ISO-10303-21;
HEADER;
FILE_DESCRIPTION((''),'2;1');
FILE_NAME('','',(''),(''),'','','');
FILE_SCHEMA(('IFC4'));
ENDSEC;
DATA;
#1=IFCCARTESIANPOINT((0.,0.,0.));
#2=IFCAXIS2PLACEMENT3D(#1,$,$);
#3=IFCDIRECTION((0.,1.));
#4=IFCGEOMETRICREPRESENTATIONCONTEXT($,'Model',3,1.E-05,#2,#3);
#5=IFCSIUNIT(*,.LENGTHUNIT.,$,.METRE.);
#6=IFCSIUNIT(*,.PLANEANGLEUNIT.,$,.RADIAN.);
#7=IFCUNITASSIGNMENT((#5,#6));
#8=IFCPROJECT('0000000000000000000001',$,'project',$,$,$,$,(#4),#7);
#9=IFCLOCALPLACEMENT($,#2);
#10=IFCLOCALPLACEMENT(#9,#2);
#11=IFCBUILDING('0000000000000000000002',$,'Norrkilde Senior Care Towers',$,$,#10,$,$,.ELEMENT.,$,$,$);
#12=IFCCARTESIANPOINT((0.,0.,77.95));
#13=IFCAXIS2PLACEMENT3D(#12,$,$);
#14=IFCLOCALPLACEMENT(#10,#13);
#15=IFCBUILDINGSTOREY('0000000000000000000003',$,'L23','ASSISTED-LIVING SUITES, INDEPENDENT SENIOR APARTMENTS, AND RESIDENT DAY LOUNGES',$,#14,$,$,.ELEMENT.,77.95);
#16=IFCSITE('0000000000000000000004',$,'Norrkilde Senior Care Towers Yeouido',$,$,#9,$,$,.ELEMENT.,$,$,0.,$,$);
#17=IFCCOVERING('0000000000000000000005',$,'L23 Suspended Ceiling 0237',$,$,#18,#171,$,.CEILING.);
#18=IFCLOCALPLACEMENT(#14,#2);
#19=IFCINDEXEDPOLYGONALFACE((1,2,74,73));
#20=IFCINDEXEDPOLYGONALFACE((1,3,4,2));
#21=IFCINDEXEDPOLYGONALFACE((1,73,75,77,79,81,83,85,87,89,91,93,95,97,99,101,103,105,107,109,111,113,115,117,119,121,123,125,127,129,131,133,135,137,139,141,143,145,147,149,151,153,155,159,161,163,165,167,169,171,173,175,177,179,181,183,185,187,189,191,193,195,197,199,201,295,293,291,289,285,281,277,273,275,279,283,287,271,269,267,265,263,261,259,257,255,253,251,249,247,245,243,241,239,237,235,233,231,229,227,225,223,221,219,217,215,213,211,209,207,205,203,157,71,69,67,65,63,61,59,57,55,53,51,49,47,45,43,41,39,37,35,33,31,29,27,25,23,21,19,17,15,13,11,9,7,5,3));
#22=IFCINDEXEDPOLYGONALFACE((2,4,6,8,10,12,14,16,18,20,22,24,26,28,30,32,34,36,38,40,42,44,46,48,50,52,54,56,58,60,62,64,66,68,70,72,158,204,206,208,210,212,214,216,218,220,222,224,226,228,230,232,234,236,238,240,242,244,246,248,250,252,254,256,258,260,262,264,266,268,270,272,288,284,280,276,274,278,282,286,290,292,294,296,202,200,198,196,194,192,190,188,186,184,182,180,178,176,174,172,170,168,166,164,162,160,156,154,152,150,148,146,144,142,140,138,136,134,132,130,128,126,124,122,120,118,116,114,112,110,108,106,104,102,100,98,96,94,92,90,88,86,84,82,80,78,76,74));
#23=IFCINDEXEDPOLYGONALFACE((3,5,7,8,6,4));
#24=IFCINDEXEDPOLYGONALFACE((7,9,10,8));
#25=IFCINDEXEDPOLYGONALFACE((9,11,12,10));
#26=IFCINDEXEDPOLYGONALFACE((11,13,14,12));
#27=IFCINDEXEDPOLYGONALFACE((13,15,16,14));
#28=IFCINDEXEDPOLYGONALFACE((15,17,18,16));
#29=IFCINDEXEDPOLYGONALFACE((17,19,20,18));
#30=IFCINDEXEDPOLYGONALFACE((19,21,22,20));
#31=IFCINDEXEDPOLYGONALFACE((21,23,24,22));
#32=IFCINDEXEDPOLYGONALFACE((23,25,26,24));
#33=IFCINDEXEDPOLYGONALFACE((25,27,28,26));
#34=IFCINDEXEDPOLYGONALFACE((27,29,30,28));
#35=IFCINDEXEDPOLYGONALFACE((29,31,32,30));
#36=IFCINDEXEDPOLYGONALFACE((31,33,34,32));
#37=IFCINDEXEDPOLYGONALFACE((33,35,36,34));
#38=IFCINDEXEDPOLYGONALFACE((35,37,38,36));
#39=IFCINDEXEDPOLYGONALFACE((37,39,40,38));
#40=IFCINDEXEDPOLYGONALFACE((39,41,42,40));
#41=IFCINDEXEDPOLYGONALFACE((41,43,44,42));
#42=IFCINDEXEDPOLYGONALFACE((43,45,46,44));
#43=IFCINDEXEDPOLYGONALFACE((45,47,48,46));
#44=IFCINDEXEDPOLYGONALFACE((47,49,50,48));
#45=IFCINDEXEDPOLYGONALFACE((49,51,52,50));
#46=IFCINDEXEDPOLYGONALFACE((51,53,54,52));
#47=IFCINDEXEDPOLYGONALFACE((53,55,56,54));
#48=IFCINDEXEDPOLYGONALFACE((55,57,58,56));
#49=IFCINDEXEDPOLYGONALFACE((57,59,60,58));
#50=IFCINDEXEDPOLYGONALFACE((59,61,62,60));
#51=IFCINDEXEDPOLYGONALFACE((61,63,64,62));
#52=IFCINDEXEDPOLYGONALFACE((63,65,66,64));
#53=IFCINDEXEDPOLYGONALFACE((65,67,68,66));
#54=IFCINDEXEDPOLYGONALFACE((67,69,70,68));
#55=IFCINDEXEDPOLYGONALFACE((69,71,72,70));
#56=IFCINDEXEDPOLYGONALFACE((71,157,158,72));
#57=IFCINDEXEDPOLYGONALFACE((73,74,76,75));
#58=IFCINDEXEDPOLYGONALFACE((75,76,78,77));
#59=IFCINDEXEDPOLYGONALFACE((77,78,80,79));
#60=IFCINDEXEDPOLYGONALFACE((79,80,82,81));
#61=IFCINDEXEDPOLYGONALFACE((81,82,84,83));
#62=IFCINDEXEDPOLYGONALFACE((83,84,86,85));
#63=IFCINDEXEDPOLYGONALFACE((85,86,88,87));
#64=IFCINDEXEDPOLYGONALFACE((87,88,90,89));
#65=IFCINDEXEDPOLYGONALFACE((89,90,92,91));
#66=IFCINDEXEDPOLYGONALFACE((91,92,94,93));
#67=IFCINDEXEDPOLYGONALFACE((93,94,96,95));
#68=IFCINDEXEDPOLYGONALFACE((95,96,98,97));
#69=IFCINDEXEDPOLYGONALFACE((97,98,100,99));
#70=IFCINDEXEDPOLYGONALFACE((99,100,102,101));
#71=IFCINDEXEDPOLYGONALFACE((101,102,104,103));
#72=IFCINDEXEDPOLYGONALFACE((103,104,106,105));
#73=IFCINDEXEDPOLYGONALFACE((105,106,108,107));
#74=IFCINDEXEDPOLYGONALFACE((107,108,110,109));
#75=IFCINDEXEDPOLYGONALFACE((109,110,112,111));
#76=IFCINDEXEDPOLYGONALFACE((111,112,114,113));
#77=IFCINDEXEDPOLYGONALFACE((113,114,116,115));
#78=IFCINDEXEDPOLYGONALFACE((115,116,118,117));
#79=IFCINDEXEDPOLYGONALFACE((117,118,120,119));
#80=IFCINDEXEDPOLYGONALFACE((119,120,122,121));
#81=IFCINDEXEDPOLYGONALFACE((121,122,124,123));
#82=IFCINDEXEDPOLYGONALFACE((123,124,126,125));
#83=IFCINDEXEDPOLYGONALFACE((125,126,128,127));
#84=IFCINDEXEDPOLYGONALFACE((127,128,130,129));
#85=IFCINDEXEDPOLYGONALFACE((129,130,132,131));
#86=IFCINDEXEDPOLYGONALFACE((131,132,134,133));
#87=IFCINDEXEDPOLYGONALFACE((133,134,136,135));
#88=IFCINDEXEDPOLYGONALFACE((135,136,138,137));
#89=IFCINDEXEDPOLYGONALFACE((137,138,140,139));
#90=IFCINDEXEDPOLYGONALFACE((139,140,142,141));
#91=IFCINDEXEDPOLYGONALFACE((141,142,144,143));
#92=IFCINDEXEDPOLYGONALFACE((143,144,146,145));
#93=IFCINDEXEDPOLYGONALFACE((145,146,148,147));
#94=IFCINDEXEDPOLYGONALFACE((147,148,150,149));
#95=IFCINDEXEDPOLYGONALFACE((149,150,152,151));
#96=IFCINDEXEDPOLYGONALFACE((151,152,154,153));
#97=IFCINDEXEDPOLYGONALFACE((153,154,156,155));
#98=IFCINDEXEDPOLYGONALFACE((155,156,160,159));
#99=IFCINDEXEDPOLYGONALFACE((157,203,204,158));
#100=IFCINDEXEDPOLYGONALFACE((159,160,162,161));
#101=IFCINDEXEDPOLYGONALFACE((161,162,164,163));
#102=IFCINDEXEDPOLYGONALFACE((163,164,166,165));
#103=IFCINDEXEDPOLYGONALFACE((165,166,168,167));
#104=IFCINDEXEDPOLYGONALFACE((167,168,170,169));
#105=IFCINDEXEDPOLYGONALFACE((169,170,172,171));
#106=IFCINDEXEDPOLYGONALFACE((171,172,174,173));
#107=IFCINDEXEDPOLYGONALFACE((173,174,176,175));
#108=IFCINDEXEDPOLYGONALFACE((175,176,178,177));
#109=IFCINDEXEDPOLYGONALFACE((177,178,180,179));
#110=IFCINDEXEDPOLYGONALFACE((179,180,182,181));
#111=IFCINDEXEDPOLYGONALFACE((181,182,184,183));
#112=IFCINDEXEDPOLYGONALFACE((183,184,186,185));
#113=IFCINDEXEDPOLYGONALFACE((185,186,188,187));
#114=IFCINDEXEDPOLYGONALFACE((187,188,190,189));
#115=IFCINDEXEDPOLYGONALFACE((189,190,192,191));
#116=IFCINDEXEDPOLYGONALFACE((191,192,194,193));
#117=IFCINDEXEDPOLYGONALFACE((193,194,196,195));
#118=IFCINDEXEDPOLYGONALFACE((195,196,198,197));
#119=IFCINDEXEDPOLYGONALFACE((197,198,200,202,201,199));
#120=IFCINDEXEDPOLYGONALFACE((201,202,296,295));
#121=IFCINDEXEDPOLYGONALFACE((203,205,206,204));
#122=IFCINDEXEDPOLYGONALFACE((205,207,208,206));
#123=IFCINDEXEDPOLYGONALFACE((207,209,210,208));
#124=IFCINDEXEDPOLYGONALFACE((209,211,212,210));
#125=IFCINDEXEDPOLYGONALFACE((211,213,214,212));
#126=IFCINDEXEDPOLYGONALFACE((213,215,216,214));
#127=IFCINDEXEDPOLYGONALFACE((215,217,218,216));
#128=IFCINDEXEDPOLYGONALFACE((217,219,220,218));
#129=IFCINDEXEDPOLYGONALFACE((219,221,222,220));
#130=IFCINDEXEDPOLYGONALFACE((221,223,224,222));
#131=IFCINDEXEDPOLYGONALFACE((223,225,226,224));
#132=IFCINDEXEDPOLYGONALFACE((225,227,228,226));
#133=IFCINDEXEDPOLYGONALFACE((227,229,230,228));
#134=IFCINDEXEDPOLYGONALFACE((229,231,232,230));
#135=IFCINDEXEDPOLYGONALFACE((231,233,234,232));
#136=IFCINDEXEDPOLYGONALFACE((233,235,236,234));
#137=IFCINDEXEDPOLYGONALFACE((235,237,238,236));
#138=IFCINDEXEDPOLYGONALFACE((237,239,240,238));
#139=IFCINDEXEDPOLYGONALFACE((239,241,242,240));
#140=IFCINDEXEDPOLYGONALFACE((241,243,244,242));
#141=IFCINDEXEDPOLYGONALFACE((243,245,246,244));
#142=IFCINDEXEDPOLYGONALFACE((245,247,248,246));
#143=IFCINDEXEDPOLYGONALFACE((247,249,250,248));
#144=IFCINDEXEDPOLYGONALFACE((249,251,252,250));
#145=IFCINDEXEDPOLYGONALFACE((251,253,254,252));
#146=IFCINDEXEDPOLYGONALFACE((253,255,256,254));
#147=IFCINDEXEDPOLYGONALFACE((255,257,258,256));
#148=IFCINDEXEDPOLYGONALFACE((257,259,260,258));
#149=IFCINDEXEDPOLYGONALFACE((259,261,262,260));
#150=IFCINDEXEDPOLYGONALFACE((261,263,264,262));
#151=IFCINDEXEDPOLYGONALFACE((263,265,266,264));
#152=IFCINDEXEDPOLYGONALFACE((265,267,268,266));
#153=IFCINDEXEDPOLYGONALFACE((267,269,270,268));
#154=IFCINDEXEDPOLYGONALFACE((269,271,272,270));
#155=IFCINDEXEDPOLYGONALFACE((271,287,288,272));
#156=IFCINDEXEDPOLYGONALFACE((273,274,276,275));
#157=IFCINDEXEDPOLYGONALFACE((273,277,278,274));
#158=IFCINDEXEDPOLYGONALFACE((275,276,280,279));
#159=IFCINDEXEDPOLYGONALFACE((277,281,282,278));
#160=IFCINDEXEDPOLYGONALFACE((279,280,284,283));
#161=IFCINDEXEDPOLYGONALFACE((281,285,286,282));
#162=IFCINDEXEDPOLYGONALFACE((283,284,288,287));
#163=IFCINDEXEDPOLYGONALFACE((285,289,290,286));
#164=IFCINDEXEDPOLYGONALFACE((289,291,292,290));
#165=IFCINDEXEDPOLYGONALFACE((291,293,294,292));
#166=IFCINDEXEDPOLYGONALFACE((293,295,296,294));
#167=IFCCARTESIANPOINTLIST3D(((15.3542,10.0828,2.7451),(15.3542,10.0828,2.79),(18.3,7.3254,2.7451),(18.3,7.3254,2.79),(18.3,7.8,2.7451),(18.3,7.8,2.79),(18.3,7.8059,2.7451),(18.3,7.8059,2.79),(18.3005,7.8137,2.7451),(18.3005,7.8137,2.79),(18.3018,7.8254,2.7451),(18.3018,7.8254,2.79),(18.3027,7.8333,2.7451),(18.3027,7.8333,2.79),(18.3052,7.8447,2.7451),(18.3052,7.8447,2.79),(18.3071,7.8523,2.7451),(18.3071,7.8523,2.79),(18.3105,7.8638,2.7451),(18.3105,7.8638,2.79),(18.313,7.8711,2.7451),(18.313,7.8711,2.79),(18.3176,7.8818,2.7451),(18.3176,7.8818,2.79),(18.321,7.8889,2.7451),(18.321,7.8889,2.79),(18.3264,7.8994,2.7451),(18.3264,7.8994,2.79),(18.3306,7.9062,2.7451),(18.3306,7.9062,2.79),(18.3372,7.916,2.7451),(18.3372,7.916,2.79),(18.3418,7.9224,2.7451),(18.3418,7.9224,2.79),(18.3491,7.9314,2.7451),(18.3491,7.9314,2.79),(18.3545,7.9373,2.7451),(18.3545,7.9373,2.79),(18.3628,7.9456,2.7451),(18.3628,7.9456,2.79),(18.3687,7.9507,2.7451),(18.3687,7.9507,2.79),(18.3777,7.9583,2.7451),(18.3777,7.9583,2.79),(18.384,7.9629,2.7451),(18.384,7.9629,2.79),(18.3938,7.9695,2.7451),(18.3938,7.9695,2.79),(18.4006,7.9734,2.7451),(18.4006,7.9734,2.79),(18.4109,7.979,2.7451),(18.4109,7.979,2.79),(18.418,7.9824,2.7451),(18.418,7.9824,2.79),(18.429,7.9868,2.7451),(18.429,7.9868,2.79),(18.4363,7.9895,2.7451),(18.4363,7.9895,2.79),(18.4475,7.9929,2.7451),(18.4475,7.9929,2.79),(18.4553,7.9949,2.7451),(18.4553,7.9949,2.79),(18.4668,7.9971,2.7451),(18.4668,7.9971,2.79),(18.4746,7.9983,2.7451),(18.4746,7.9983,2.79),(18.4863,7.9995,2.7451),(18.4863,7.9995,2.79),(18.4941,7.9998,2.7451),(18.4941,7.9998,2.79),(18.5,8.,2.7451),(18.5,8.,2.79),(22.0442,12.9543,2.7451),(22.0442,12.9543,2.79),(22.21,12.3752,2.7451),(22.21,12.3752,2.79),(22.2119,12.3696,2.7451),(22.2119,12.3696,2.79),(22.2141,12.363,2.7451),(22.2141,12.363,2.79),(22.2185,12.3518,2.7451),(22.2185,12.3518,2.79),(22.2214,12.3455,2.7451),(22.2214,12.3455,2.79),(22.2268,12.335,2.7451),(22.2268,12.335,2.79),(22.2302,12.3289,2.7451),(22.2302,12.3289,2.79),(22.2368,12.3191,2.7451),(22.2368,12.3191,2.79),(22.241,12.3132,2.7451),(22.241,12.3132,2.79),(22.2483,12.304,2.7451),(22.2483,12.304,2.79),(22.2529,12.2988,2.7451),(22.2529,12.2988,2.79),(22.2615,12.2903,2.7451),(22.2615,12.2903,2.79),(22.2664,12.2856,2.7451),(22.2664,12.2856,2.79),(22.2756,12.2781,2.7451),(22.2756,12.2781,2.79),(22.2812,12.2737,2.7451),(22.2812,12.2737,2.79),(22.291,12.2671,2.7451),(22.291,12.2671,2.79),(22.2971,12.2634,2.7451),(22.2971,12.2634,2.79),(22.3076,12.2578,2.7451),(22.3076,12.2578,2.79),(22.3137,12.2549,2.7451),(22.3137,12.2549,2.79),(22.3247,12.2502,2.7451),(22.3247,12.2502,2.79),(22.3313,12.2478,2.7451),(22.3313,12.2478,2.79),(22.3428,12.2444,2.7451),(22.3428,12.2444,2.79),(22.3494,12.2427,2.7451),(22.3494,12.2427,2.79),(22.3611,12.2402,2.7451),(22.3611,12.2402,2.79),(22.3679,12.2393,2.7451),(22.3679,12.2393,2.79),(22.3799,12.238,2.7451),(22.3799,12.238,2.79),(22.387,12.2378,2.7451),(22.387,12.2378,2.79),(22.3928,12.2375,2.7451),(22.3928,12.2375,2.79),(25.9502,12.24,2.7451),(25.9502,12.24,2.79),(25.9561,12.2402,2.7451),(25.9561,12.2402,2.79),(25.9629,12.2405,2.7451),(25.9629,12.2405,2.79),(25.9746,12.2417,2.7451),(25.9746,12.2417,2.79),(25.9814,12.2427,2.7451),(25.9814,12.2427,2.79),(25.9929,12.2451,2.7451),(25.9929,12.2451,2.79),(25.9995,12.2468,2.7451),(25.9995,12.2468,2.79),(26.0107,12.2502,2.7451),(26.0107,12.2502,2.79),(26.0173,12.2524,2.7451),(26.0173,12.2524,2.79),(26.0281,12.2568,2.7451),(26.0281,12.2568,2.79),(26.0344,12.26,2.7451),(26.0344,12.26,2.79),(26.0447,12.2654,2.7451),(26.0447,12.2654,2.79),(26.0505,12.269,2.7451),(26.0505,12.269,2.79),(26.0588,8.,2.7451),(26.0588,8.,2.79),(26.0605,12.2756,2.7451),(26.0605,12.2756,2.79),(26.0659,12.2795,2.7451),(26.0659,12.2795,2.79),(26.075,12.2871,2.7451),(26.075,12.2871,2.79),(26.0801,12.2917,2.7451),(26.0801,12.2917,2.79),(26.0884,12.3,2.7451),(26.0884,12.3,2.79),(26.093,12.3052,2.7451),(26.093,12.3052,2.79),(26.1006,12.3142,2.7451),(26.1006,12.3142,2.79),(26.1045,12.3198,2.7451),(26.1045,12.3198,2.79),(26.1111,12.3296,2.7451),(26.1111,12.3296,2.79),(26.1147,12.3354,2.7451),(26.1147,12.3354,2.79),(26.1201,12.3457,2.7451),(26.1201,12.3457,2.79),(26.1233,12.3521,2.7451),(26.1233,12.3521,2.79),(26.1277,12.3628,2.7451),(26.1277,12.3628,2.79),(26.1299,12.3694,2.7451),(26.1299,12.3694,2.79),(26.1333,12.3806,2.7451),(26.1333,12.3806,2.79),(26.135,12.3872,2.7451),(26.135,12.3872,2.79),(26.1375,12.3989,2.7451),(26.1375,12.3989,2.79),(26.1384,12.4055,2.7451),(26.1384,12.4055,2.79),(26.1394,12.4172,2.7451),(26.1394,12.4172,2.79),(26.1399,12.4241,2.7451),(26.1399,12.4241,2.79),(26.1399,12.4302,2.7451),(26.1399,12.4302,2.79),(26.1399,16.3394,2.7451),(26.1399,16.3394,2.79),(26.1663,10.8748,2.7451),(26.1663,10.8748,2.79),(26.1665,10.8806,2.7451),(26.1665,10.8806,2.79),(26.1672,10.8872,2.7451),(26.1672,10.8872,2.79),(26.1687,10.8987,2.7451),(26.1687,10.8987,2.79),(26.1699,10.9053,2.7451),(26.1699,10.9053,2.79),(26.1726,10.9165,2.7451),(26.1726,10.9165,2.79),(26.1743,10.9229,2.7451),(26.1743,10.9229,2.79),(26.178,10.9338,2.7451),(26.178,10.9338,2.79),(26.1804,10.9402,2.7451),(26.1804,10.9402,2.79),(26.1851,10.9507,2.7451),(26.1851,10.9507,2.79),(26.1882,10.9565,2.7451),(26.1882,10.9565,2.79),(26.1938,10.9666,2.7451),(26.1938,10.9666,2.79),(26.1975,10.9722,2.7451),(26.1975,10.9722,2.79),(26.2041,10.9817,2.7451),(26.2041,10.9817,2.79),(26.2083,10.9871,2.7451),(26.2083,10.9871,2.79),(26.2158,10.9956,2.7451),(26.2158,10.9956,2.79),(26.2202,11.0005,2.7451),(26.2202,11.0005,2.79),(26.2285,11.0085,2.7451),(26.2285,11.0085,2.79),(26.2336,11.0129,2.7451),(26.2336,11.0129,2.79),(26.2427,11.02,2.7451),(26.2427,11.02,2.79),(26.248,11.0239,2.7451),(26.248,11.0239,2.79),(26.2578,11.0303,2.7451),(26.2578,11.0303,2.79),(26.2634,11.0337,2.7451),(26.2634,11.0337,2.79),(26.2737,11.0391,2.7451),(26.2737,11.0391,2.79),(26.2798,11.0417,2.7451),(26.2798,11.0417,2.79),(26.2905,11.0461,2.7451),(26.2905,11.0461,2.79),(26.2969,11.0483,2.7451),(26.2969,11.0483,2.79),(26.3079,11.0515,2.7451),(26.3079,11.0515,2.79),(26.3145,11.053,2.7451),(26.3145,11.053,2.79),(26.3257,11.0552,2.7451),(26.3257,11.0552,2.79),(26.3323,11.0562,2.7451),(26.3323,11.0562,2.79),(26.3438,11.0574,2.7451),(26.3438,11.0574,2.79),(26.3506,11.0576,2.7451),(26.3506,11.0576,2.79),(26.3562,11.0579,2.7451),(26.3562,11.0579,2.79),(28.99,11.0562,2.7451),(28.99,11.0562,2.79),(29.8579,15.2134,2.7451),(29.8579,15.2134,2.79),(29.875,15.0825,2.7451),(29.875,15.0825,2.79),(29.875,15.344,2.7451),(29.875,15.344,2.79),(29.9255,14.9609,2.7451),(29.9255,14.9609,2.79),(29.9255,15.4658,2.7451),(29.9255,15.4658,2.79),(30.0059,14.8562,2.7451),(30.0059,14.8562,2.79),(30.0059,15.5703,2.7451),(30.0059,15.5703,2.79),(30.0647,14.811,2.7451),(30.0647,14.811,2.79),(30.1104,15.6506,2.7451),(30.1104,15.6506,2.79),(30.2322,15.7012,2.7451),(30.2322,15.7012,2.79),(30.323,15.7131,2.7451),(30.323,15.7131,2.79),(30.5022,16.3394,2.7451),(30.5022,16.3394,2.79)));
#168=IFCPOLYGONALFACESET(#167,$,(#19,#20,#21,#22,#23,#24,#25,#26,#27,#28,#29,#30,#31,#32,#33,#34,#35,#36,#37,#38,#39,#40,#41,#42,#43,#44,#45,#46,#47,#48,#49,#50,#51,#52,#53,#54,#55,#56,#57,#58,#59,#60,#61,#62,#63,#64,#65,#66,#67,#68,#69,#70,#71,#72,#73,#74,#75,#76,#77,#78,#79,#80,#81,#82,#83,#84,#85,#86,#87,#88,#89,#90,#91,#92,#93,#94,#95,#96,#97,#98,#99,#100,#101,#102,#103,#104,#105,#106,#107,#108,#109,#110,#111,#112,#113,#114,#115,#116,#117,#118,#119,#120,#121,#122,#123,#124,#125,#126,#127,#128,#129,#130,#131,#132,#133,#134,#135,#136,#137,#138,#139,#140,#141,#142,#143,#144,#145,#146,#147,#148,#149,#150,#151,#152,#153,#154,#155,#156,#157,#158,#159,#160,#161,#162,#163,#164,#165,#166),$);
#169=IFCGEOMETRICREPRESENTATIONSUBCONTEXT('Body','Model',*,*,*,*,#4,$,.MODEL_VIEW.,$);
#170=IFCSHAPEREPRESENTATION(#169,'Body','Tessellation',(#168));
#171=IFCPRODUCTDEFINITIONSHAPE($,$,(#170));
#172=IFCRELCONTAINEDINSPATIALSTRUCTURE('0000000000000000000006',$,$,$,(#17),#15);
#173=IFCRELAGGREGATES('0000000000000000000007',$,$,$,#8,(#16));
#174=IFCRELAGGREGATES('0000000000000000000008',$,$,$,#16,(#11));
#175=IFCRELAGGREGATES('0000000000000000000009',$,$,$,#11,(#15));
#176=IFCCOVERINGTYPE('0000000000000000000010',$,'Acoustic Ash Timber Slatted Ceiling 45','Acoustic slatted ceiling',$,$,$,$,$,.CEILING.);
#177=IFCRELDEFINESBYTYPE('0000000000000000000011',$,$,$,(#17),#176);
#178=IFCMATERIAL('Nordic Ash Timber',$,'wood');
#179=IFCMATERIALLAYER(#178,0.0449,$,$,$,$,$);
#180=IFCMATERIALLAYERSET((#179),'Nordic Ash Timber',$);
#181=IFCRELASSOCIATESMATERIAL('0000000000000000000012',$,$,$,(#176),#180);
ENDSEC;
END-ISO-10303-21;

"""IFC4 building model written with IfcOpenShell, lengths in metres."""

from ifc_helpers import new_model, si_unit, direction, frame, origin, place, context, subcontext, project, spatial, polyline, outline, extrude, material, layer, layer_set, type_object, element, save


model = new_model("IFC4")

# Units and contexts
model_context = context("Model", 3, precision=1e-05, world=origin(), true_north=direction((0.0, 1.0)))
body_context = subcontext(model_context, "Body", "Model", "MODEL_VIEW")
ifc_project = project(units=[si_unit("LENGTHUNIT", "METRE"), si_unit("PLANEANGLEUNIT", "RADIAN")], contexts=[model_context])

# Site, building, storey
site_placement = place(None, origin())
site = spatial("IfcSite", under=ifc_project, at=site_placement, Name="Norrkilde Senior Care Towers Yeouido", CompositionType="ELEMENT", RefElevation=0.0)
building_placement = place(site_placement, origin())
building = spatial("IfcBuilding", under=site, at=building_placement, Name="Norrkilde Senior Care Towers", CompositionType="ELEMENT")
storey_placement = place(building_placement, frame((0.0, 0.0, 77.95)))
storey = spatial("IfcBuildingStorey", under=building, at=storey_placement, Name="L23", Description="ASSISTED-LIVING SUITES, INDEPENDENT SENIOR APARTMENTS, AND RESIDENT DAY LOUNGES", CompositionType="ELEMENT", Elevation=77.95)

# Covering
ifc_material_1 = material(Name="Nordic Ash Timber", Category="wood")
ifc_layer_1 = layer(ifc_material_1, 0.0449)
ifc_layer_set_1 = layer_set([ifc_layer_1], Name="Nordic Ash Timber")
covering_type_1 = type_object("IfcCoveringType", Name="Acoustic Ash Timber Slatted Ceiling 45", Description="Acoustic slatted ceiling", PredefinedType="CEILING", material=ifc_layer_set_1)
covering_1_placement = place(storey_placement, frame((0.0, 0.0, 2.7451)))
element("IfcCovering", 1, at=covering_1_placement, inside=storey, type_object=covering_type_1, Name="L23 Suspended Ceiling 0237", PredefinedType="CEILING", context=body_context, shape_type="SweptSolid", body=[
    extrude(outline(polyline([(18.4475, 7.9929), (18.4363, 7.9895), (18.429, 7.9868), (18.418, 7.9824), (18.4109, 7.979), (18.4006, 7.9734), (18.3938, 7.9695), (18.384, 7.9629), (18.3777, 7.9583), (18.3687, 7.9507), (18.3628, 7.9456), (18.3545, 7.9373), (18.3491, 7.9314), (18.3418, 7.9224), (18.3372, 7.916), (18.3306, 7.9062), (18.3264, 7.8994), (18.321, 7.8889), (18.3176, 7.8818), (18.313, 7.8711), (18.3105, 7.8638), (18.3071, 7.8523), (18.3052, 7.8447), (18.3027, 7.8333), (18.3018, 7.8254), (18.3005, 7.8137), (18.3, 7.8059), (18.3, 7.8), (18.3, 7.3254), (15.3542, 10.0828), (22.0442, 12.9543), (22.21, 12.3752), (22.2119, 12.3696), (22.2141, 12.363), (22.2185, 12.3518), (22.2214, 12.3455), (22.2268, 12.335), (22.2302, 12.3289), (22.2368, 12.3191), (22.241, 12.3132), (22.2483, 12.304), (22.2529, 12.2988), (22.2615, 12.2903), (22.2664, 12.2856), (22.2756, 12.2781), (22.2812, 12.2737), (22.291, 12.2671), (22.2971, 12.2634), (22.3076, 12.2578), (22.3137, 12.2549), (22.3247, 12.2502), (22.3313, 12.2478), (22.3428, 12.2444), (22.3494, 12.2427), (22.3611, 12.2402), (22.3679, 12.2393), (22.3799, 12.238), (22.387, 12.2378), (22.3928, 12.2375), (25.9502, 12.24), (25.9561, 12.2402), (25.9629, 12.2405), (25.9746, 12.2417), (25.9814, 12.2427), (25.9929, 12.2451), (25.9995, 12.2468), (26.0107, 12.2502), (26.0173, 12.2524), (26.0281, 12.2568), (26.0344, 12.26), (26.0447, 12.2654), (26.0505, 12.269), (26.0605, 12.2756), (26.0659, 12.2795), (26.075, 12.2871), (26.0801, 12.2917), (26.0884, 12.3), (26.093, 12.3052), (26.1006, 12.3142), (26.1045, 12.3198), (26.1111, 12.3296), (26.1147, 12.3354), (26.1201, 12.3457), (26.1233, 12.3521), (26.1277, 12.3628), (26.1299, 12.3694), (26.1333, 12.3806), (26.135, 12.3872), (26.1375, 12.3989), (26.1384, 12.4055), (26.1394, 12.4172), (26.1399, 12.4241), (26.1399, 12.4302), (26.1399, 16.3394), (30.5022, 16.3394), (30.323, 15.7131), (30.2322, 15.7012), (30.1104, 15.6506), (30.0059, 15.5703), (29.9255, 15.4658), (29.875, 15.344), (29.8579, 15.2134), (29.875, 15.0825), (29.9255, 14.9609), (30.0059, 14.8562), (30.0647, 14.811), (28.99, 11.0562), (26.3562, 11.0579), (26.3506, 11.0576), (26.3438, 11.0574), (26.3323, 11.0562), (26.3257, 11.0552), (26.3145, 11.053), (26.3079, 11.0515), (26.2969, 11.0483), (26.2905, 11.0461), (26.2798, 11.0417), (26.2737, 11.0391), (26.2634, 11.0337), (26.2578, 11.0303), (26.248, 11.0239), (26.2427, 11.02), (26.2336, 11.0129), (26.2285, 11.0085), (26.2202, 11.0005), (26.2158, 10.9956), (26.2083, 10.9871), (26.2041, 10.9817), (26.1975, 10.9722), (26.1938, 10.9666), (26.1882, 10.9565), (26.1851, 10.9507), (26.1804, 10.9402), (26.178, 10.9338), (26.1743, 10.9229), (26.1726, 10.9165), (26.1699, 10.9053), (26.1687, 10.8987), (26.1672, 10.8872), (26.1665, 10.8806), (26.1663, 10.8748), (26.0588, 8.0), (18.5, 8.0), (18.4941, 7.9998), (18.4863, 7.9995), (18.4746, 7.9983), (18.4668, 7.9971), (18.4553, 7.9949), (18.4475, 7.9929)])), origin(), (0.0, 0.0, 1.0), 0.0449),
])

save(model, "model.ifc")
